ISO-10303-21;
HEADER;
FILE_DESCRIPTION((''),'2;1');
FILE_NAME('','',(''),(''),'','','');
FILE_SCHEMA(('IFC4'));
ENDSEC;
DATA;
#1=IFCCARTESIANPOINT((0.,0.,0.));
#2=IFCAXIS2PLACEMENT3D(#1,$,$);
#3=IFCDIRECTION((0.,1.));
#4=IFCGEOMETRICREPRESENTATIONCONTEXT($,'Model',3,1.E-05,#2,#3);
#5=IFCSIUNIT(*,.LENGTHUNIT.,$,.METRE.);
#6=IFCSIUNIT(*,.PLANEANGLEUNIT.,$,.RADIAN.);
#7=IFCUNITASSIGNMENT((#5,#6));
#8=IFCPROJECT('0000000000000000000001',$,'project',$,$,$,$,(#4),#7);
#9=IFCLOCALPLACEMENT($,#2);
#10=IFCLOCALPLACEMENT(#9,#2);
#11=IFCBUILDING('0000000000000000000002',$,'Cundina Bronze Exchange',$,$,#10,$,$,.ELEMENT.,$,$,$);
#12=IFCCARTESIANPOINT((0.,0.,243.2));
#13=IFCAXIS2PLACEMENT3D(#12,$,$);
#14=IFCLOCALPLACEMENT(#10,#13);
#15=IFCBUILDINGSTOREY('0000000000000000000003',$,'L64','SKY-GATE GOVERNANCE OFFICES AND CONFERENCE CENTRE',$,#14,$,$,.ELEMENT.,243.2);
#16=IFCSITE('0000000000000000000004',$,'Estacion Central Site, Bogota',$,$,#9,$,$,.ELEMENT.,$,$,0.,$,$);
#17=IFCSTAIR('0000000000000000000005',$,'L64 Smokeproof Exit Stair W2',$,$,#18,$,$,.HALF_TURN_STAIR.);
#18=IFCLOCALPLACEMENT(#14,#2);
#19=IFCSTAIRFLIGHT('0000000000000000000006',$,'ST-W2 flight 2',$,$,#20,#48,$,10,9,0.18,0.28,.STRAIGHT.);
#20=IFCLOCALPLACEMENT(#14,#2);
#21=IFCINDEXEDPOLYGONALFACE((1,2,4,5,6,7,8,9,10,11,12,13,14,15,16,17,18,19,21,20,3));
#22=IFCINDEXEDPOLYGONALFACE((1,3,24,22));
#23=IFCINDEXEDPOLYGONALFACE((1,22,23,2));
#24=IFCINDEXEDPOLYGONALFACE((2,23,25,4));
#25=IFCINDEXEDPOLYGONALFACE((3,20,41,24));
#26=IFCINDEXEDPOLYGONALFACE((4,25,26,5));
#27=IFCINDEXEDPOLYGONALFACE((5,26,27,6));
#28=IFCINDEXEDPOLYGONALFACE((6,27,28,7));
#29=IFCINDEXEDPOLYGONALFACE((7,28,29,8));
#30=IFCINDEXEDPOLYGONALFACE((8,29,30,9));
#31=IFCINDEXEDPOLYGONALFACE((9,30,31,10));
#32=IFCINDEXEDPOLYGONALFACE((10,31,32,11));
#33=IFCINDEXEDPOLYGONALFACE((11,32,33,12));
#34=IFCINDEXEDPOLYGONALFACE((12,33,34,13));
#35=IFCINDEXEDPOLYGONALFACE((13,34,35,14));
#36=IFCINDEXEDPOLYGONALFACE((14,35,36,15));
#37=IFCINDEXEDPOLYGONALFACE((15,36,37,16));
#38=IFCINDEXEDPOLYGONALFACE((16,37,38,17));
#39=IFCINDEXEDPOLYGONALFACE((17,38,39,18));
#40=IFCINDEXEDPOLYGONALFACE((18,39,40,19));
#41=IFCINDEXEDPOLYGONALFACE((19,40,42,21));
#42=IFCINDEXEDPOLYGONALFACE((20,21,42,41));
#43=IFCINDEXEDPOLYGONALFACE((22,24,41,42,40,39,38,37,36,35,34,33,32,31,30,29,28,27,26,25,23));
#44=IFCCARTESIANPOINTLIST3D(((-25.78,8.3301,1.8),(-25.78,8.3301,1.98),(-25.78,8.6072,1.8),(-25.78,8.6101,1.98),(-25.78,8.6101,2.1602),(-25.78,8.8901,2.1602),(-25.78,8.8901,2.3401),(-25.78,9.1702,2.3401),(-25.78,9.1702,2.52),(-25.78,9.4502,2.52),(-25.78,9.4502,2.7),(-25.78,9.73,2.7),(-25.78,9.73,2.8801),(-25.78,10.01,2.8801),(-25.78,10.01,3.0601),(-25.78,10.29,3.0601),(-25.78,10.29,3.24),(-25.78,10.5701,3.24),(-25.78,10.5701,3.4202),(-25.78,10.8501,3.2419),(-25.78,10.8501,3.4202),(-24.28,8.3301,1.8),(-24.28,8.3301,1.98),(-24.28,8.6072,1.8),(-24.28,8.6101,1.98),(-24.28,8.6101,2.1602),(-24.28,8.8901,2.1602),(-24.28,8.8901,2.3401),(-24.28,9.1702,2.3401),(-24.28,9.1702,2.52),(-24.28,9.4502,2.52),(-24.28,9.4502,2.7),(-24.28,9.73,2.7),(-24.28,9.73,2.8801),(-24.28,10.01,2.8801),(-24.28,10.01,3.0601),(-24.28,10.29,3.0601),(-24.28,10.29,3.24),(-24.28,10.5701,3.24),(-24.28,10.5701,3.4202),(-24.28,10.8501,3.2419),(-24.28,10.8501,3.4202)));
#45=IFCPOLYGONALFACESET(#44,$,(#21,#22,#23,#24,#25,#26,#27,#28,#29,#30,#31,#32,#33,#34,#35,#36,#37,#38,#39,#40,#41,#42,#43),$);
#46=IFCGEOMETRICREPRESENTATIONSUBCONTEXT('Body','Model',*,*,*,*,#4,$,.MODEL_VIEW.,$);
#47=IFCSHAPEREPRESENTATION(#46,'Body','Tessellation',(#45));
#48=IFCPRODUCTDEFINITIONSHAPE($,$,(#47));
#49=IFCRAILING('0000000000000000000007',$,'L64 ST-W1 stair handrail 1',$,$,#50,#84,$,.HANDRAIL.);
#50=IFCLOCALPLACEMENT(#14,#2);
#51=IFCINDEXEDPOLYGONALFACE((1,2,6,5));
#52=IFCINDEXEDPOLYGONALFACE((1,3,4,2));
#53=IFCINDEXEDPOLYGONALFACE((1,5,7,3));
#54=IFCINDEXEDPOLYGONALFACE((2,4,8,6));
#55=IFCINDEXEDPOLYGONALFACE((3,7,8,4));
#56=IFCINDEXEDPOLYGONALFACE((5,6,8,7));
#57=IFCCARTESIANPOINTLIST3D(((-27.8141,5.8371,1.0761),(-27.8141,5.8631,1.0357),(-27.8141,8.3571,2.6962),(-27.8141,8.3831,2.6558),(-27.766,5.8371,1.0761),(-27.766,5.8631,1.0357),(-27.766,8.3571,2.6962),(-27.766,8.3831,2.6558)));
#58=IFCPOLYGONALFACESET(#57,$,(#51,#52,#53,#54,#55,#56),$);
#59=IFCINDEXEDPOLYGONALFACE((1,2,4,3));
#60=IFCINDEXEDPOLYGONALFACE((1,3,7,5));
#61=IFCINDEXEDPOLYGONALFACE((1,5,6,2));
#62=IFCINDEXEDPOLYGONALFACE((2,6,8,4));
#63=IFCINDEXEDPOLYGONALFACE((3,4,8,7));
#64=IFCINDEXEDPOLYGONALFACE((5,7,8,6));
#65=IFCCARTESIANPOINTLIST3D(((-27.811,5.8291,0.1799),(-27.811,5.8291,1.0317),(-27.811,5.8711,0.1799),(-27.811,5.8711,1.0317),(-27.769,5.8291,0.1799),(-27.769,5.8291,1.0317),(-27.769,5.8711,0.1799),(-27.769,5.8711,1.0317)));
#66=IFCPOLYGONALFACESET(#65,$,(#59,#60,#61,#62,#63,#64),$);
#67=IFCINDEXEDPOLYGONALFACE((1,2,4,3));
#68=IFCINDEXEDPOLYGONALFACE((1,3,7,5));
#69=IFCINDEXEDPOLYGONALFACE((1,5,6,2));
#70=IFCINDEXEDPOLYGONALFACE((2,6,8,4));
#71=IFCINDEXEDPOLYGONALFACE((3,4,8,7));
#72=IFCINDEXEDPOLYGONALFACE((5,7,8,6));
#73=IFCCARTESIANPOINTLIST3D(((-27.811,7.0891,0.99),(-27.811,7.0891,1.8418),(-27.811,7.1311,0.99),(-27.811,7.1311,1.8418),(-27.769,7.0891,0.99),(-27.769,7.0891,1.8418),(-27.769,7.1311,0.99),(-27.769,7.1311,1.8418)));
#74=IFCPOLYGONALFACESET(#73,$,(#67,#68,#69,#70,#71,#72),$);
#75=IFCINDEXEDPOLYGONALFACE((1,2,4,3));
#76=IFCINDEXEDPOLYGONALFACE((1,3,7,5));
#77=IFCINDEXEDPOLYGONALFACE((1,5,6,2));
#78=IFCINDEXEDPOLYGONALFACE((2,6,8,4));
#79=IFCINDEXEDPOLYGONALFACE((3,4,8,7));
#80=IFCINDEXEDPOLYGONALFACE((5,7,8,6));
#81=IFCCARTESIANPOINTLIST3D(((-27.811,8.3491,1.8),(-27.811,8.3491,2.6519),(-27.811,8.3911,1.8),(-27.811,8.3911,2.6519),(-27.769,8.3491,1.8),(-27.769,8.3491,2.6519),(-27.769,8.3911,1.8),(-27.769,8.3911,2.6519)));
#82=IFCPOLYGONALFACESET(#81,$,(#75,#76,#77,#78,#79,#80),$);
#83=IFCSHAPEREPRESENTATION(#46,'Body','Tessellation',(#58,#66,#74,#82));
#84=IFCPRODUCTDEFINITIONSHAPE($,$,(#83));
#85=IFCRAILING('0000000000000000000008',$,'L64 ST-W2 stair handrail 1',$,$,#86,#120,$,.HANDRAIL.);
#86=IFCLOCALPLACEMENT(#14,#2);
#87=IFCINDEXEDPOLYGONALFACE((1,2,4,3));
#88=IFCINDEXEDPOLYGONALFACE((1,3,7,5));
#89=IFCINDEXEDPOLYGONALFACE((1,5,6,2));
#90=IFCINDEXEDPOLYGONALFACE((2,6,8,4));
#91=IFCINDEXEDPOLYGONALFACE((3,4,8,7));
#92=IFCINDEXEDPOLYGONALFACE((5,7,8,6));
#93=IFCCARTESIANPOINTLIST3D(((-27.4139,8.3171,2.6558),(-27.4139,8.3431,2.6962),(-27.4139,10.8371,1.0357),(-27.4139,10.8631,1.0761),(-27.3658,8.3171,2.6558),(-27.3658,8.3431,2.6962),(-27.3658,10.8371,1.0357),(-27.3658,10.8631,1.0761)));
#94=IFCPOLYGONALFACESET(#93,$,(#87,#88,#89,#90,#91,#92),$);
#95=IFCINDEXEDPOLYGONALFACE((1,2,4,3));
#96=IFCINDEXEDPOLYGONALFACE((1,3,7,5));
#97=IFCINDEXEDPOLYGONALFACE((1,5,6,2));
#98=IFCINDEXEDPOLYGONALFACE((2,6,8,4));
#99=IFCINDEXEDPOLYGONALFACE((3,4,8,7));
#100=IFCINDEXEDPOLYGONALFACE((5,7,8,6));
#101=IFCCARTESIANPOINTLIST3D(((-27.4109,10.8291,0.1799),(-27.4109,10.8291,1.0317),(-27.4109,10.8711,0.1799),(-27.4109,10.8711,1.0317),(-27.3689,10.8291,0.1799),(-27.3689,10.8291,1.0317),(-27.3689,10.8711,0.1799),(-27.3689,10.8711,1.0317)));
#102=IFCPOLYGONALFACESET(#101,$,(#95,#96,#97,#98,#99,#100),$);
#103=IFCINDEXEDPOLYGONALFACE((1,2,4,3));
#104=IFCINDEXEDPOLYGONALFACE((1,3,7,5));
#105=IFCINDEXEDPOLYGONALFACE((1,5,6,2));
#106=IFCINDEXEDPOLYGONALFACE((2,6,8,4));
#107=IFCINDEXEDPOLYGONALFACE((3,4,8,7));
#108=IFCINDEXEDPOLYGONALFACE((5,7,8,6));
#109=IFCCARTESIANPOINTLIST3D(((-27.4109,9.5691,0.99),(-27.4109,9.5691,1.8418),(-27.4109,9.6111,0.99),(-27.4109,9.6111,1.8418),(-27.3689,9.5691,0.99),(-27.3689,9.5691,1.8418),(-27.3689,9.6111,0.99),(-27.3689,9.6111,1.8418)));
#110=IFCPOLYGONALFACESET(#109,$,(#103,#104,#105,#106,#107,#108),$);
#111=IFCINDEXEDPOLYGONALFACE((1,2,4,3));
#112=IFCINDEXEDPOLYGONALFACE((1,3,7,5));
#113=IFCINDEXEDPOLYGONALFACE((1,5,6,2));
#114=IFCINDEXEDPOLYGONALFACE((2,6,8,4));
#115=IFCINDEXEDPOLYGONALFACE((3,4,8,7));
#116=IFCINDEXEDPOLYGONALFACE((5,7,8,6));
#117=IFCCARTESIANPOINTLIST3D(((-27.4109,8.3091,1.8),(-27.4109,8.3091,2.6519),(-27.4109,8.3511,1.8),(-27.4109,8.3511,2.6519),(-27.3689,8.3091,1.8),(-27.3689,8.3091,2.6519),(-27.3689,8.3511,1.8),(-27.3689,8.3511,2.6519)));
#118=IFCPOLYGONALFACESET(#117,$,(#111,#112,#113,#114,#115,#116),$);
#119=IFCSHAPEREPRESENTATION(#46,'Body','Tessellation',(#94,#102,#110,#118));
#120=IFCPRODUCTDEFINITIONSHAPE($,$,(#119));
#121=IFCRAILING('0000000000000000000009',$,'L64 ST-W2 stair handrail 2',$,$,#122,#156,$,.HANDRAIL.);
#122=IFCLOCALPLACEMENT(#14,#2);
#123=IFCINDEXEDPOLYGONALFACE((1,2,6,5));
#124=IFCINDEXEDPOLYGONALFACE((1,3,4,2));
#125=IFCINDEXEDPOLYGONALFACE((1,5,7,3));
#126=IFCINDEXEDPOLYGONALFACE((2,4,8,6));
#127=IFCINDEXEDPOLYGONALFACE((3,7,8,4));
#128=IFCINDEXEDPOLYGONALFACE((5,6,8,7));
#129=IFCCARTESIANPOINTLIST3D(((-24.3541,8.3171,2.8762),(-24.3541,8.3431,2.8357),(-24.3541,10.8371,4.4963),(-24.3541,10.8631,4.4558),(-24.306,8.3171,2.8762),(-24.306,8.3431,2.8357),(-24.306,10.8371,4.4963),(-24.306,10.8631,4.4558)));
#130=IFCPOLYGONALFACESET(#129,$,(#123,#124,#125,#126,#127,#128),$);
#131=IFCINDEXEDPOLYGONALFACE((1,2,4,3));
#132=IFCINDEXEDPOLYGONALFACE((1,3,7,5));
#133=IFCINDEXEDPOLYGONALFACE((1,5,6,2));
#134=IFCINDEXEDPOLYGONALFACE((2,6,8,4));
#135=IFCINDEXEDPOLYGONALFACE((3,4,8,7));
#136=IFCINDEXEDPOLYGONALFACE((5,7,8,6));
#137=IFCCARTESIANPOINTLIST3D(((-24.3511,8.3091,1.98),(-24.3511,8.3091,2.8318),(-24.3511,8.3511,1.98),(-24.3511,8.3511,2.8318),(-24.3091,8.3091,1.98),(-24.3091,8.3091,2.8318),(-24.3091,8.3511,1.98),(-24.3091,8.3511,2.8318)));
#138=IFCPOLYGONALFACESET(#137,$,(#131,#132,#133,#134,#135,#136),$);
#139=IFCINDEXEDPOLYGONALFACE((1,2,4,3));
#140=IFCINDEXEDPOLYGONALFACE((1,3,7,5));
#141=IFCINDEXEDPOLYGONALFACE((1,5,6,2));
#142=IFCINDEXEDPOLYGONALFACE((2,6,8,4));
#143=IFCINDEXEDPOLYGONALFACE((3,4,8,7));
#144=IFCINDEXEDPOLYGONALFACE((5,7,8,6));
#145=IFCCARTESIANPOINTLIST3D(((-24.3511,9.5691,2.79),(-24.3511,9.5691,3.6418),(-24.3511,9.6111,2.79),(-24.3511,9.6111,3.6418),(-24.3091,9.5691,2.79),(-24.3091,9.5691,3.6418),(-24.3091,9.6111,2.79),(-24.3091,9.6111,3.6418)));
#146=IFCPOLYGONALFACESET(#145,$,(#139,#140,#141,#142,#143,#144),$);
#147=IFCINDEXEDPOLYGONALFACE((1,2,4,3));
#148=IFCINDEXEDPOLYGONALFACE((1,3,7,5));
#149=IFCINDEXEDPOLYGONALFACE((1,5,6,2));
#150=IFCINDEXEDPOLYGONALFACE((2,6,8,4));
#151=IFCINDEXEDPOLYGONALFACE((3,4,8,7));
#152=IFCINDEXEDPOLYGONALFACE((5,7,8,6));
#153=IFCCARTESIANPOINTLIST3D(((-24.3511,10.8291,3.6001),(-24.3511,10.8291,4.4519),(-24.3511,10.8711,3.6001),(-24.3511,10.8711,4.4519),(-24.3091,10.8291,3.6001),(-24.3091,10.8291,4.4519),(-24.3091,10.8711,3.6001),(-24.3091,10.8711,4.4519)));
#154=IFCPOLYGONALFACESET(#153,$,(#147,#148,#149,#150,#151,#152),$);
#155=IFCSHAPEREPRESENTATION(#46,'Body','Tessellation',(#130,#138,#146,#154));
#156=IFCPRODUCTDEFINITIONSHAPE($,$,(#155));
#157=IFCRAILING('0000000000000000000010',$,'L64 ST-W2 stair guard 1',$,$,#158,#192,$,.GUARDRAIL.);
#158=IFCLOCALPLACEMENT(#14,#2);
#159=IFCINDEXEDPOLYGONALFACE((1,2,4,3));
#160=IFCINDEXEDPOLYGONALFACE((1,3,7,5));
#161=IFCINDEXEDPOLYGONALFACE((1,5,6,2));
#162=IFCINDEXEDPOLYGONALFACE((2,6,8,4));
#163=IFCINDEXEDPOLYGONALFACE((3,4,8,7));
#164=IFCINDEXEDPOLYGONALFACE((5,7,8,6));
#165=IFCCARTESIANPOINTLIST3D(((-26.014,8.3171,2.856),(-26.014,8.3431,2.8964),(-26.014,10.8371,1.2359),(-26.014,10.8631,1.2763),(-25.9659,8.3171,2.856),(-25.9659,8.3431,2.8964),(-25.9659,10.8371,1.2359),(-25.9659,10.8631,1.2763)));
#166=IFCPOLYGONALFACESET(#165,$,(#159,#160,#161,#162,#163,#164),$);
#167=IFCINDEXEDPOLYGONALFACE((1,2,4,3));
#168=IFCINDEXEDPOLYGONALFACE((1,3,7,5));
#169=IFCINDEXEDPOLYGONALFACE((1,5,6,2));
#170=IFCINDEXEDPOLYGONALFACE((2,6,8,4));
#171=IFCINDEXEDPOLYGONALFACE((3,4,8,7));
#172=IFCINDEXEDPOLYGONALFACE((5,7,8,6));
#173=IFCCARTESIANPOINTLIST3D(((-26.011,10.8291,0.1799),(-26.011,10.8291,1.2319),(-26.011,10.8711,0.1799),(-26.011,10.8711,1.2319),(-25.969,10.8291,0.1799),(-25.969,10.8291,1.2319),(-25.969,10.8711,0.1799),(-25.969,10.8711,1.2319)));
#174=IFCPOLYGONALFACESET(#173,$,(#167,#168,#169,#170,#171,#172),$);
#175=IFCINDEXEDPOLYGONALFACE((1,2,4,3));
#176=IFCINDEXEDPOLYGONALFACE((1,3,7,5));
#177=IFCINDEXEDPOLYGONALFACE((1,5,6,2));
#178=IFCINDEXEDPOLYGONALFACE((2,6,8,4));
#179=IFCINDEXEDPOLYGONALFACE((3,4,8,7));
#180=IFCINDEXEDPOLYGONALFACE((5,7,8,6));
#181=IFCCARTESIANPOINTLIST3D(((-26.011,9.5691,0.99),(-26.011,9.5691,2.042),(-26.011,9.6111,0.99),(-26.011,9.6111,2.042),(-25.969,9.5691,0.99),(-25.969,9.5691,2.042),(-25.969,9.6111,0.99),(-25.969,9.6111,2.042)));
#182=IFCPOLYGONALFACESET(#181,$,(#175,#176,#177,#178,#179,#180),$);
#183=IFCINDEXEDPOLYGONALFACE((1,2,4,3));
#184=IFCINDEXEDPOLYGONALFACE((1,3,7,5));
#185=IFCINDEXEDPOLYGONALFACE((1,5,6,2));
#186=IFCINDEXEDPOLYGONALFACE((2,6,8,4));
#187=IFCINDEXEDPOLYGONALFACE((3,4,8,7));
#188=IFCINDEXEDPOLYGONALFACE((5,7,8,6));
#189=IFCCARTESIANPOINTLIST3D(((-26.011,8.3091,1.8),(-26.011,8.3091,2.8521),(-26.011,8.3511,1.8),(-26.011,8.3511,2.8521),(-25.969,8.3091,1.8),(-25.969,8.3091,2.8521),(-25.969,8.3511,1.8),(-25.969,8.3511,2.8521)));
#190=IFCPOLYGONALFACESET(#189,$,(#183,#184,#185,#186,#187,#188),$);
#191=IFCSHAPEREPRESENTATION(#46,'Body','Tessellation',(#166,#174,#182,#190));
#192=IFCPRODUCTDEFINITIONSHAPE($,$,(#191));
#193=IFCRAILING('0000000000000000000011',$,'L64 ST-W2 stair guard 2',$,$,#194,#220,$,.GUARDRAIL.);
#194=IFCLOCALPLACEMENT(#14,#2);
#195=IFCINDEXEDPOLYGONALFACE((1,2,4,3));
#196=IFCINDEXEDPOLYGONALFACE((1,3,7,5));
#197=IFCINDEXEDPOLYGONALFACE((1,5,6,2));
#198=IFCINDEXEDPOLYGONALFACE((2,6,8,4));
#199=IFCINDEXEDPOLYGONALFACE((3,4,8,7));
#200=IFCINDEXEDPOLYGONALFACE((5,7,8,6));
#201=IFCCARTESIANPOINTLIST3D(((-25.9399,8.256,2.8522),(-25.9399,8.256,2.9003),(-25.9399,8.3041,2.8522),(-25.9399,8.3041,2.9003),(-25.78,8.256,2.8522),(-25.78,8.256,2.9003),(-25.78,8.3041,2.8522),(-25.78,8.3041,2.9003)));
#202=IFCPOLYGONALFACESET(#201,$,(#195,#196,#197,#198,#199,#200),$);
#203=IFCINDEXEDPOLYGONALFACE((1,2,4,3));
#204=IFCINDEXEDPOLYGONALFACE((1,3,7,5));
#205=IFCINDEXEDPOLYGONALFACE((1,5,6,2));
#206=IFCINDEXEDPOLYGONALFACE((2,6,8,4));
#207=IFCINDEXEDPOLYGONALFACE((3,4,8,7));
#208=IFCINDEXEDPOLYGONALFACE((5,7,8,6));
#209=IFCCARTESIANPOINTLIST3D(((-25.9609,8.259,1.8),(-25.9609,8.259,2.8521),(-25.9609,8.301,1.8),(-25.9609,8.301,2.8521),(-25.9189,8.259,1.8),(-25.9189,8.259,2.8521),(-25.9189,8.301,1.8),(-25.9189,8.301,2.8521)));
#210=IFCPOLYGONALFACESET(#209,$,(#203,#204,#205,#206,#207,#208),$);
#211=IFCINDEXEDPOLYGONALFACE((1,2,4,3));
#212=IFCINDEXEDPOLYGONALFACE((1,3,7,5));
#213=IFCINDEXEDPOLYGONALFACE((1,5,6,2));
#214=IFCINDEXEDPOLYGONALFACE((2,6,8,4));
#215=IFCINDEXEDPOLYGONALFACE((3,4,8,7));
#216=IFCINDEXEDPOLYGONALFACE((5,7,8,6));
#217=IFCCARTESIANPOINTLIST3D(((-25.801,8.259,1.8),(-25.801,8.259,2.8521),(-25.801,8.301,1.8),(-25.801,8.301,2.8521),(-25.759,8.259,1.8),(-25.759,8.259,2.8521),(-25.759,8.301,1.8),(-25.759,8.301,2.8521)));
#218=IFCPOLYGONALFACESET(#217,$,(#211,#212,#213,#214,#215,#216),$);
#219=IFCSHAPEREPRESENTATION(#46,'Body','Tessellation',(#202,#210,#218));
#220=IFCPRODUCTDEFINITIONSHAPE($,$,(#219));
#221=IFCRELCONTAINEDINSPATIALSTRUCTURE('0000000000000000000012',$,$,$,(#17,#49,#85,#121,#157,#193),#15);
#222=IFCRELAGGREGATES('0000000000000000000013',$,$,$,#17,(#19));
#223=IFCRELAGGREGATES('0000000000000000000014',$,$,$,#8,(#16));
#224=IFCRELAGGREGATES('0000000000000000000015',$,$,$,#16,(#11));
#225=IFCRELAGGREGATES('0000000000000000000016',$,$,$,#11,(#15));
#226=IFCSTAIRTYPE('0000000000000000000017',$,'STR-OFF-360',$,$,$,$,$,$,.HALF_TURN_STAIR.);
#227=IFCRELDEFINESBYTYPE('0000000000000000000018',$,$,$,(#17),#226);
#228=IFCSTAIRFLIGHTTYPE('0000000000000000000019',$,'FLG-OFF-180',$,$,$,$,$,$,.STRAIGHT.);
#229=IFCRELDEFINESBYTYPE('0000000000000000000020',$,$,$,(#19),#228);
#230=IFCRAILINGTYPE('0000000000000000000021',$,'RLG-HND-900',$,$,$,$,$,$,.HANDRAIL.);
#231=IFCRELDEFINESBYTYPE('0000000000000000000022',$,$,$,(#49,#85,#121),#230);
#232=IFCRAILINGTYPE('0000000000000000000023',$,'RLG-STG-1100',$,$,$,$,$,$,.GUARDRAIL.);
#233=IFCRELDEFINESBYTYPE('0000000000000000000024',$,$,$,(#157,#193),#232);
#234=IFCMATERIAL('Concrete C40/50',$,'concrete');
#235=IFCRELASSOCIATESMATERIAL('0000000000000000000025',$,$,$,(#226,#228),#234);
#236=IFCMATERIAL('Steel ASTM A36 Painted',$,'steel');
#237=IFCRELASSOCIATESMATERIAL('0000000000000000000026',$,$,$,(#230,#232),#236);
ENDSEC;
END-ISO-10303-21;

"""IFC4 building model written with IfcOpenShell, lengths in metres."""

from ifc_helpers import new_model, si_unit, direction, frame, origin, origin_2d, place, context, subcontext, project, spatial, polyline, rectangle, outline, extrude, material, type_object, element, aggregate, save


model = new_model("IFC4")

# Units and contexts
model_context = context("Model", 3, precision=1e-05, world=origin(), true_north=direction((0.0, 1.0)))
body_context = subcontext(model_context, "Body", "Model", "MODEL_VIEW")
ifc_project = project(units=[si_unit("LENGTHUNIT", "METRE"), si_unit("PLANEANGLEUNIT", "RADIAN")], contexts=[model_context])

# Site, building, storey
site_placement = place(None, origin())
site = spatial("IfcSite", under=ifc_project, at=site_placement, Name="Estacion Central Site, Bogota", CompositionType="ELEMENT", RefElevation=0.0)
building_placement = place(site_placement, origin())
building = spatial("IfcBuilding", under=site, at=building_placement, Name="Cundina Bronze Exchange", CompositionType="ELEMENT")
storey_placement = place(building_placement, frame((0.0, 0.0, 243.2)))
storey = spatial("IfcBuildingStorey", under=building, at=storey_placement, Name="L64", Description="SKY-GATE GOVERNANCE OFFICES AND CONFERENCE CENTRE", CompositionType="ELEMENT", Elevation=243.2)

# Shared definitions
ifc_material_1 = material(Name="Steel ASTM A36 Painted", Category="steel")

# Stair, stair flight
ifc_material_2 = material(Name="Concrete C40/50", Category="concrete")
stair_type = type_object("IfcStairType", Name="STR-OFF-360", PredefinedType="HALF_TURN_STAIR", material=ifc_material_2)
stair_placement = place(storey_placement, origin())
stair = element("IfcStair", 1, at=stair_placement, inside=storey, type_object=stair_type, Name="L64 Smokeproof Exit Stair W2", PredefinedType="HALF_TURN_STAIR")
stair_flight_type = type_object("IfcStairFlightType", Name="FLG-OFF-180", PredefinedType="STRAIGHT", material=ifc_material_2)
stair_flight_1_placement = place(storey_placement, frame((-25.03, 8.3301, 1.8), z_axis=(0.0, 0.0, 1.0), x_axis=(0.0, 1.0, 0.0)))
stair_flight_1 = element("IfcStairFlight", 2, at=stair_flight_1_placement, type_object=stair_flight_type, Name="ST-W2 flight 2", NumberOfRisers=10, NumberOfTreads=9, PredefinedType="STRAIGHT", RiserHeight=0.18, TreadLength=0.28, context=body_context, shape_type="SweptSolid", body=[
    extrude(outline(polyline([(0.0, 0.0), (0.0, 0.1799), (0.28, 0.1799), (0.28, 0.3601), (0.5601, 0.3601), (0.5601, 0.54), (0.8401, 0.54), (0.8401, 0.72), (1.1201, 0.72), (1.1201, 0.8999), (1.3999, 0.8999), (1.3999, 1.0801), (1.6799, 1.0801), (1.6799, 1.26), (1.96, 1.26), (1.96, 1.4399), (2.24, 1.4399), (2.24, 1.6201), (2.52, 1.6201), (2.52, 1.8), (2.52, 1.4419), (0.2771, 0.0), (0.0, 0.0)])), frame((0.0, 0.75, 0.0), z_axis=(0.0, -1.0, 0.0), x_axis=(1.0, 0.0, 0.0)), (0.0, 0.0, 1.0), 1.5),
])
aggregate(stair, [stair_flight_1])

# Railings
railing_type_1 = type_object("IfcRailingType", Name="RLG-HND-900", PredefinedType="HANDRAIL", material=ifc_material_1)
railing_1_placement = place(storey_placement, frame((-27.79, 5.8501, 0.1799)))
element("IfcRailing", 3, at=railing_1_placement, inside=storey, type_object=railing_type_1, Name="L64 ST-W1 stair handrail 1", PredefinedType="HANDRAIL", context=body_context, shape_type="SweptSolid", body=[
    extrude(rectangle(XDim=0.0481, YDim=0.0481, at=origin_2d()), frame((0.0, 0.0, 0.876), z_axis=(0.0, 0.841163, 0.540782), x_axis=(-1.0, 0.0, 0.0)), (0.0, 0.0, 1.0), 2.9958),
    extrude(rectangle(XDim=0.042, YDim=0.042, at=origin_2d()), origin(), (0.0, 0.0, 1.0), 0.8518),
    extrude(rectangle(XDim=0.042, YDim=0.042, at=origin_2d()), frame((0.0, 1.26, 0.8101)), (0.0, 0.0, 1.0), 0.8518),
    extrude(rectangle(XDim=0.042, YDim=0.042, at=origin_2d()), frame((0.0, 2.52, 1.6201)), (0.0, 0.0, 1.0), 0.8518),
])
railing_2_placement = place(storey_placement, frame((-27.3899, 10.8501, 0.1799)))
element("IfcRailing", 4, at=railing_2_placement, inside=storey, type_object=railing_type_1, Name="L64 ST-W2 stair handrail 1", PredefinedType="HANDRAIL", context=body_context, shape_type="SweptSolid", body=[
    extrude(rectangle(XDim=0.0481, YDim=0.0481, at=origin_2d()), frame((0.0, 0.0, 0.876), z_axis=(0.0, -0.841163, 0.540782), x_axis=(1.0, 0.0, 0.0)), (0.0, 0.0, 1.0), 2.9958),
    extrude(rectangle(XDim=0.042, YDim=0.042, at=origin_2d()), origin(), (0.0, 0.0, 1.0), 0.8518),
    extrude(rectangle(XDim=0.042, YDim=0.042, at=origin_2d()), frame((0.0, -1.26, 0.8101)), (0.0, 0.0, 1.0), 0.8518),
    extrude(rectangle(XDim=0.042, YDim=0.042, at=origin_2d()), frame((0.0, -2.52, 1.6201)), (0.0, 0.0, 1.0), 0.8518),
])
railing_3_placement = place(storey_placement, frame((-24.3301, 8.3301, 1.98)))
element("IfcRailing", 5, at=railing_3_placement, inside=storey, type_object=railing_type_1, Name="L64 ST-W2 stair handrail 2", PredefinedType="HANDRAIL", context=body_context, shape_type="SweptSolid", body=[
    extrude(rectangle(XDim=0.0481, YDim=0.0481, at=origin_2d()), frame((0.0, 0.0, 0.876), z_axis=(0.0, 0.841163, 0.540782), x_axis=(-1.0, 0.0, 0.0)), (0.0, 0.0, 1.0), 2.9958),
    extrude(rectangle(XDim=0.042, YDim=0.042, at=origin_2d()), origin(), (0.0, 0.0, 1.0), 0.8518),
    extrude(rectangle(XDim=0.042, YDim=0.042, at=origin_2d()), frame((0.0, 1.26, 0.8101)), (0.0, 0.0, 1.0), 0.8518),
    extrude(rectangle(XDim=0.042, YDim=0.042, at=origin_2d()), frame((0.0, 2.52, 1.6201)), (0.0, 0.0, 1.0), 0.8518),
])
railing_type_2 = type_object("IfcRailingType", Name="RLG-STG-1100", PredefinedType="GUARDRAIL", material=ifc_material_1)
railing_4_placement = place(storey_placement, frame((-25.99, 10.8501, 0.1799)))
element("IfcRailing", 6, at=railing_4_placement, inside=storey, type_object=railing_type_2, Name="L64 ST-W2 stair guard 1", PredefinedType="GUARDRAIL", context=body_context, shape_type="SweptSolid", body=[
    extrude(rectangle(XDim=0.0481, YDim=0.0481, at=origin_2d()), frame((0.0, 0.0, 1.0762), z_axis=(0.0, -0.841163, 0.540782), x_axis=(1.0, 0.0, 0.0)), (0.0, 0.0, 1.0), 2.9958),
    extrude(rectangle(XDim=0.042, YDim=0.042, at=origin_2d()), origin(), (0.0, 0.0, 1.0), 1.052),
    extrude(rectangle(XDim=0.042, YDim=0.042, at=origin_2d()), frame((0.0, -1.26, 0.8101)), (0.0, 0.0, 1.0), 1.052),
    extrude(rectangle(XDim=0.042, YDim=0.042, at=origin_2d()), frame((0.0, -2.52, 1.6201)), (0.0, 0.0, 1.0), 1.052),
])
railing_5_placement = place(storey_placement, frame((-25.9399, 8.28, 1.8)))
element("IfcRailing", 7, at=railing_5_placement, inside=storey, type_object=railing_type_2, Name="L64 ST-W2 stair guard 2", PredefinedType="GUARDRAIL", context=body_context, shape_type="SweptSolid", body=[
    extrude(rectangle(XDim=0.0481, YDim=0.0481, at=origin_2d()), frame((0.0, 0.0, 1.0762), z_axis=(1.0, 0.0, 0.0), x_axis=(0.0, 1.0, 0.0)), (0.0, 0.0, 1.0), 0.1599),
    extrude(rectangle(XDim=0.042, YDim=0.042, at=origin_2d()), origin(), (0.0, 0.0, 1.0), 1.052),
    extrude(rectangle(XDim=0.042, YDim=0.042, at=origin_2d()), frame((0.1599, 0.0, 0.0)), (0.0, 0.0, 1.0), 1.052),
])

save(model, "model.ifc")
